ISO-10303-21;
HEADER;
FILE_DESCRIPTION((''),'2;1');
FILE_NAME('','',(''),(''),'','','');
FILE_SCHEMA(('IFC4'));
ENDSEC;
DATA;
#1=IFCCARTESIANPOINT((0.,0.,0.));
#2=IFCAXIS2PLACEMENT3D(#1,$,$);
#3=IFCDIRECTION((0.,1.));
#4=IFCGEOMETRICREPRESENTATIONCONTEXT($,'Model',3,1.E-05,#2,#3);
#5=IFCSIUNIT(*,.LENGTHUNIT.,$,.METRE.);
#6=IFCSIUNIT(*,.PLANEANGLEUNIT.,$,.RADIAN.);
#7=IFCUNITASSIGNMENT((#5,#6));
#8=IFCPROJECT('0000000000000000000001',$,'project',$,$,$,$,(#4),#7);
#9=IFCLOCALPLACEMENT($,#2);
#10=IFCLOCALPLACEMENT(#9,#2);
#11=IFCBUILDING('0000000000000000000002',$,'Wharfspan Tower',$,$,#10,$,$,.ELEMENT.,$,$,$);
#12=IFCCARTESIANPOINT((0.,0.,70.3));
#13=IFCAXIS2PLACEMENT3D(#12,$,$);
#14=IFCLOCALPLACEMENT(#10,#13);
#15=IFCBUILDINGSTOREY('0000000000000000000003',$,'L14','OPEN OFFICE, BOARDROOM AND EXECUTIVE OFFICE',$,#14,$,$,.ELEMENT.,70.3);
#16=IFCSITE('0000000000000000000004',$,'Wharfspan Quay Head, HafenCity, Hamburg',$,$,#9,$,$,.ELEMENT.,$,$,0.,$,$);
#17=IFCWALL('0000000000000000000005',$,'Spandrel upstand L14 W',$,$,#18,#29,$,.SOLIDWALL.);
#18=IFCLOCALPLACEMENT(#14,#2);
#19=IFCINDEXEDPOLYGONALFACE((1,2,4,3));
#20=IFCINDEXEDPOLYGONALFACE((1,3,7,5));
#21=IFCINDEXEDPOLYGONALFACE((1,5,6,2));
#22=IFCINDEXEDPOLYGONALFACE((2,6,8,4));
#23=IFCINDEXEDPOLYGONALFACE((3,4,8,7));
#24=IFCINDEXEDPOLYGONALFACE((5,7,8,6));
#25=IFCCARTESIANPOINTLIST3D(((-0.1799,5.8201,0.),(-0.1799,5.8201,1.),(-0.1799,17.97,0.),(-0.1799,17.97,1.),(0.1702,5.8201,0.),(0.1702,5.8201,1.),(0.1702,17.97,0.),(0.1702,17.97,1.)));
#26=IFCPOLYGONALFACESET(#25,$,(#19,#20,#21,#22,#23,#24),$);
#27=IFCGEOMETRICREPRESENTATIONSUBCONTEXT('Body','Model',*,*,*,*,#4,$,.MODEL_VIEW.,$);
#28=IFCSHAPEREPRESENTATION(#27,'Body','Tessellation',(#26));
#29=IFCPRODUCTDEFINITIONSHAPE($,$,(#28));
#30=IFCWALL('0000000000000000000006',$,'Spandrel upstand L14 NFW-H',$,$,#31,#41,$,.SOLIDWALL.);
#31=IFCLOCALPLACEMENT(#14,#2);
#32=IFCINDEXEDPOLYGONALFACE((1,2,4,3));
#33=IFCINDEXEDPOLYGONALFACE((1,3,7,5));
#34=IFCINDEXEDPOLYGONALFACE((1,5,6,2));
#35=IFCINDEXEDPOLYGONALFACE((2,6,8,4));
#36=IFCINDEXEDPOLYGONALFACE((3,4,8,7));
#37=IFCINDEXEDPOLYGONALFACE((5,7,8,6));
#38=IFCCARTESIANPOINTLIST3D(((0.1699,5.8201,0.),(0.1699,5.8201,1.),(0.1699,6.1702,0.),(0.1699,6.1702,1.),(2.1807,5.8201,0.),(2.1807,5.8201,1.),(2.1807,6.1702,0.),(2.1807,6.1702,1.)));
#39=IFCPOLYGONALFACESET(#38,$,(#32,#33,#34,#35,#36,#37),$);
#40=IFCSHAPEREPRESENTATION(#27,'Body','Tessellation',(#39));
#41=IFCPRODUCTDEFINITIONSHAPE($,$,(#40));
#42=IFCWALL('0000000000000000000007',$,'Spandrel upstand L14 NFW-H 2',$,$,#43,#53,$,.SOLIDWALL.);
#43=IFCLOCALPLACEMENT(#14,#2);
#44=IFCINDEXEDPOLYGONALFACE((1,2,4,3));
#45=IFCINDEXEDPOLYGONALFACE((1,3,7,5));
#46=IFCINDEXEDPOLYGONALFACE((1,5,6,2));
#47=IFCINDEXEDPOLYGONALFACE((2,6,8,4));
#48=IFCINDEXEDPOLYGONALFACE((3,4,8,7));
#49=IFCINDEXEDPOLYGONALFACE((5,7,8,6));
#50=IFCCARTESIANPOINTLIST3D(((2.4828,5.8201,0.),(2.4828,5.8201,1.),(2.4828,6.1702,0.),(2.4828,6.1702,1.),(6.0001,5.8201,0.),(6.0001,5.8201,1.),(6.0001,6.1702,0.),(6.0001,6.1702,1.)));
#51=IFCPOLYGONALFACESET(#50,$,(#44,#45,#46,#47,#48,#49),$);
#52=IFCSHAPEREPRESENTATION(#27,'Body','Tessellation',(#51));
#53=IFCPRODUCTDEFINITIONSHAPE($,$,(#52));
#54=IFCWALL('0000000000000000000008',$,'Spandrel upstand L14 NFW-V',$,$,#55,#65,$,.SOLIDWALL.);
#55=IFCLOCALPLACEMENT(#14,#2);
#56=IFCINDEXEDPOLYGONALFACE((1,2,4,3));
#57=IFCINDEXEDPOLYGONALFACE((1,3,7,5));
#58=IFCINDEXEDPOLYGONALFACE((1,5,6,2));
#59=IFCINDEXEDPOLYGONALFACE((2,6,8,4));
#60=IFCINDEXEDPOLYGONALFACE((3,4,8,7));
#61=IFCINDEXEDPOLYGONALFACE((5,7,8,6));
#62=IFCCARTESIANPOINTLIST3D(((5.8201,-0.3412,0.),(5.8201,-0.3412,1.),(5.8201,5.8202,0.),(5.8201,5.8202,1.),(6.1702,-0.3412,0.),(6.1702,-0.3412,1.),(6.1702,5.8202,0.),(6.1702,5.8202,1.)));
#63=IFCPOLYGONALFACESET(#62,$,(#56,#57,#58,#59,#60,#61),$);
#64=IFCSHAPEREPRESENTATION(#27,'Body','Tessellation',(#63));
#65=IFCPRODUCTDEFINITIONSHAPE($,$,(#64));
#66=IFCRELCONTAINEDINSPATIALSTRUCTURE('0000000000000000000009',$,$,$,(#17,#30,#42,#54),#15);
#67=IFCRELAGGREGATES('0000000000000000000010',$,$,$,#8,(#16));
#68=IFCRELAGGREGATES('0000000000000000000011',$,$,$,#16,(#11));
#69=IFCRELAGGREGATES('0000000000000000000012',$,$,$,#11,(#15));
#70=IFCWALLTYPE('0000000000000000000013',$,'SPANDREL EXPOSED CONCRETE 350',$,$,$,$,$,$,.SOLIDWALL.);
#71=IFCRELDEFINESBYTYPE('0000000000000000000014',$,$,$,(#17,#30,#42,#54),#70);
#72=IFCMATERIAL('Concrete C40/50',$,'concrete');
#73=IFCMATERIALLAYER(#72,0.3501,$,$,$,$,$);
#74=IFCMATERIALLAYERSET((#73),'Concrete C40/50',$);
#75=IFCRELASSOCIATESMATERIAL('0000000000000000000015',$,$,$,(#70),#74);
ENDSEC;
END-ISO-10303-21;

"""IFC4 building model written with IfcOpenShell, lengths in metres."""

from ifc_helpers import new_model, si_unit, direction, frame, frame_2d, origin, place, context, subcontext, project, spatial, rectangle, extrude, material, layer, layer_set, type_object, element, save


model = new_model("IFC4")

# Units and contexts
model_context = context("Model", 3, precision=1e-05, world=origin(), true_north=direction((0.0, 1.0)))
body_context = subcontext(model_context, "Body", "Model", "MODEL_VIEW")
ifc_project = project(units=[si_unit("LENGTHUNIT", "METRE"), si_unit("PLANEANGLEUNIT", "RADIAN")], contexts=[model_context])

# Site, building, storey
site_placement = place(None, origin())
site = spatial("IfcSite", under=ifc_project, at=site_placement, Name="Wharfspan Quay Head, HafenCity, Hamburg", CompositionType="ELEMENT", RefElevation=0.0)
building_placement = place(site_placement, origin())
building = spatial("IfcBuilding", under=site, at=building_placement, Name="Wharfspan Tower", CompositionType="ELEMENT")
storey_placement = place(building_placement, frame((0.0, 0.0, 70.3)))
storey = spatial("IfcBuildingStorey", under=building, at=storey_placement, Name="L14", Description="OPEN OFFICE, BOARDROOM AND EXECUTIVE OFFICE", CompositionType="ELEMENT", Elevation=70.3)

# Shared definitions
ifc_material_1 = material(Name="Concrete C40/50", Category="concrete")

# Walls
ifc_layer_1 = layer(ifc_material_1, 0.3501)
ifc_layer_set_1 = layer_set([ifc_layer_1], Name="Concrete C40/50")
wall_type_1 = type_object("IfcWallType", Name="SPANDREL EXPOSED CONCRETE 350", PredefinedType="SOLIDWALL", material=ifc_layer_set_1)
wall_1_placement = place(storey_placement, frame((-0.0049, 17.97, 0.0), z_axis=(0.0, 0.0, 1.0), x_axis=(0.0, -1.0, 0.0)))
element("IfcWall", 1, at=wall_1_placement, inside=storey, type_object=wall_type_1, Name="Spandrel upstand L14 W", PredefinedType="SOLIDWALL", context=body_context, shape_type="SweptSolid", body=[
    extrude(rectangle(XDim=12.1499, YDim=0.3501, at=frame_2d((6.075, 0.0))), origin(), (0.0, 0.0, 1.0), 1.0),
])
wall_2_placement = place(storey_placement, frame((0.1699, 5.9951, 0.0), z_axis=(0.0, 0.0, 1.0), x_axis=(1.0, 0.0, 0.0)))
element("IfcWall", 2, at=wall_2_placement, inside=storey, type_object=wall_type_1, Name="Spandrel upstand L14 NFW-H", PredefinedType="SOLIDWALL", context=body_context, shape_type="SweptSolid", body=[
    extrude(rectangle(XDim=2.0107, YDim=0.3501, at=frame_2d((1.0054, 0.0))), origin(), (0.0, 0.0, 1.0), 1.0),
])
wall_3_placement = place(storey_placement, frame((2.4827, 5.9951, 0.0), z_axis=(0.0, 0.0, 1.0), x_axis=(1.0, 0.0, 0.0)))
element("IfcWall", 3, at=wall_3_placement, inside=storey, type_object=wall_type_1, Name="Spandrel upstand L14 NFW-H 2", PredefinedType="SOLIDWALL", context=body_context, shape_type="SweptSolid", body=[
    extrude(rectangle(XDim=3.5173, YDim=0.3501, at=frame_2d((1.7588, 0.0))), origin(), (0.0, 0.0, 1.0), 1.0),
])
wall_4_placement = place(storey_placement, frame((5.9951, 5.8201, 0.0), z_axis=(0.0, 0.0, 1.0), x_axis=(0.0, -1.0, 0.0)))
element("IfcWall", 4, at=wall_4_placement, inside=storey, type_object=wall_type_1, Name="Spandrel upstand L14 NFW-V", PredefinedType="SOLIDWALL", context=body_context, shape_type="SweptSolid", body=[
    extrude(rectangle(XDim=6.1614, YDim=0.3501, at=frame_2d((3.0806, 0.0))), origin(), (0.0, 0.0, 1.0), 1.0),
])

save(model, "model.ifc")
